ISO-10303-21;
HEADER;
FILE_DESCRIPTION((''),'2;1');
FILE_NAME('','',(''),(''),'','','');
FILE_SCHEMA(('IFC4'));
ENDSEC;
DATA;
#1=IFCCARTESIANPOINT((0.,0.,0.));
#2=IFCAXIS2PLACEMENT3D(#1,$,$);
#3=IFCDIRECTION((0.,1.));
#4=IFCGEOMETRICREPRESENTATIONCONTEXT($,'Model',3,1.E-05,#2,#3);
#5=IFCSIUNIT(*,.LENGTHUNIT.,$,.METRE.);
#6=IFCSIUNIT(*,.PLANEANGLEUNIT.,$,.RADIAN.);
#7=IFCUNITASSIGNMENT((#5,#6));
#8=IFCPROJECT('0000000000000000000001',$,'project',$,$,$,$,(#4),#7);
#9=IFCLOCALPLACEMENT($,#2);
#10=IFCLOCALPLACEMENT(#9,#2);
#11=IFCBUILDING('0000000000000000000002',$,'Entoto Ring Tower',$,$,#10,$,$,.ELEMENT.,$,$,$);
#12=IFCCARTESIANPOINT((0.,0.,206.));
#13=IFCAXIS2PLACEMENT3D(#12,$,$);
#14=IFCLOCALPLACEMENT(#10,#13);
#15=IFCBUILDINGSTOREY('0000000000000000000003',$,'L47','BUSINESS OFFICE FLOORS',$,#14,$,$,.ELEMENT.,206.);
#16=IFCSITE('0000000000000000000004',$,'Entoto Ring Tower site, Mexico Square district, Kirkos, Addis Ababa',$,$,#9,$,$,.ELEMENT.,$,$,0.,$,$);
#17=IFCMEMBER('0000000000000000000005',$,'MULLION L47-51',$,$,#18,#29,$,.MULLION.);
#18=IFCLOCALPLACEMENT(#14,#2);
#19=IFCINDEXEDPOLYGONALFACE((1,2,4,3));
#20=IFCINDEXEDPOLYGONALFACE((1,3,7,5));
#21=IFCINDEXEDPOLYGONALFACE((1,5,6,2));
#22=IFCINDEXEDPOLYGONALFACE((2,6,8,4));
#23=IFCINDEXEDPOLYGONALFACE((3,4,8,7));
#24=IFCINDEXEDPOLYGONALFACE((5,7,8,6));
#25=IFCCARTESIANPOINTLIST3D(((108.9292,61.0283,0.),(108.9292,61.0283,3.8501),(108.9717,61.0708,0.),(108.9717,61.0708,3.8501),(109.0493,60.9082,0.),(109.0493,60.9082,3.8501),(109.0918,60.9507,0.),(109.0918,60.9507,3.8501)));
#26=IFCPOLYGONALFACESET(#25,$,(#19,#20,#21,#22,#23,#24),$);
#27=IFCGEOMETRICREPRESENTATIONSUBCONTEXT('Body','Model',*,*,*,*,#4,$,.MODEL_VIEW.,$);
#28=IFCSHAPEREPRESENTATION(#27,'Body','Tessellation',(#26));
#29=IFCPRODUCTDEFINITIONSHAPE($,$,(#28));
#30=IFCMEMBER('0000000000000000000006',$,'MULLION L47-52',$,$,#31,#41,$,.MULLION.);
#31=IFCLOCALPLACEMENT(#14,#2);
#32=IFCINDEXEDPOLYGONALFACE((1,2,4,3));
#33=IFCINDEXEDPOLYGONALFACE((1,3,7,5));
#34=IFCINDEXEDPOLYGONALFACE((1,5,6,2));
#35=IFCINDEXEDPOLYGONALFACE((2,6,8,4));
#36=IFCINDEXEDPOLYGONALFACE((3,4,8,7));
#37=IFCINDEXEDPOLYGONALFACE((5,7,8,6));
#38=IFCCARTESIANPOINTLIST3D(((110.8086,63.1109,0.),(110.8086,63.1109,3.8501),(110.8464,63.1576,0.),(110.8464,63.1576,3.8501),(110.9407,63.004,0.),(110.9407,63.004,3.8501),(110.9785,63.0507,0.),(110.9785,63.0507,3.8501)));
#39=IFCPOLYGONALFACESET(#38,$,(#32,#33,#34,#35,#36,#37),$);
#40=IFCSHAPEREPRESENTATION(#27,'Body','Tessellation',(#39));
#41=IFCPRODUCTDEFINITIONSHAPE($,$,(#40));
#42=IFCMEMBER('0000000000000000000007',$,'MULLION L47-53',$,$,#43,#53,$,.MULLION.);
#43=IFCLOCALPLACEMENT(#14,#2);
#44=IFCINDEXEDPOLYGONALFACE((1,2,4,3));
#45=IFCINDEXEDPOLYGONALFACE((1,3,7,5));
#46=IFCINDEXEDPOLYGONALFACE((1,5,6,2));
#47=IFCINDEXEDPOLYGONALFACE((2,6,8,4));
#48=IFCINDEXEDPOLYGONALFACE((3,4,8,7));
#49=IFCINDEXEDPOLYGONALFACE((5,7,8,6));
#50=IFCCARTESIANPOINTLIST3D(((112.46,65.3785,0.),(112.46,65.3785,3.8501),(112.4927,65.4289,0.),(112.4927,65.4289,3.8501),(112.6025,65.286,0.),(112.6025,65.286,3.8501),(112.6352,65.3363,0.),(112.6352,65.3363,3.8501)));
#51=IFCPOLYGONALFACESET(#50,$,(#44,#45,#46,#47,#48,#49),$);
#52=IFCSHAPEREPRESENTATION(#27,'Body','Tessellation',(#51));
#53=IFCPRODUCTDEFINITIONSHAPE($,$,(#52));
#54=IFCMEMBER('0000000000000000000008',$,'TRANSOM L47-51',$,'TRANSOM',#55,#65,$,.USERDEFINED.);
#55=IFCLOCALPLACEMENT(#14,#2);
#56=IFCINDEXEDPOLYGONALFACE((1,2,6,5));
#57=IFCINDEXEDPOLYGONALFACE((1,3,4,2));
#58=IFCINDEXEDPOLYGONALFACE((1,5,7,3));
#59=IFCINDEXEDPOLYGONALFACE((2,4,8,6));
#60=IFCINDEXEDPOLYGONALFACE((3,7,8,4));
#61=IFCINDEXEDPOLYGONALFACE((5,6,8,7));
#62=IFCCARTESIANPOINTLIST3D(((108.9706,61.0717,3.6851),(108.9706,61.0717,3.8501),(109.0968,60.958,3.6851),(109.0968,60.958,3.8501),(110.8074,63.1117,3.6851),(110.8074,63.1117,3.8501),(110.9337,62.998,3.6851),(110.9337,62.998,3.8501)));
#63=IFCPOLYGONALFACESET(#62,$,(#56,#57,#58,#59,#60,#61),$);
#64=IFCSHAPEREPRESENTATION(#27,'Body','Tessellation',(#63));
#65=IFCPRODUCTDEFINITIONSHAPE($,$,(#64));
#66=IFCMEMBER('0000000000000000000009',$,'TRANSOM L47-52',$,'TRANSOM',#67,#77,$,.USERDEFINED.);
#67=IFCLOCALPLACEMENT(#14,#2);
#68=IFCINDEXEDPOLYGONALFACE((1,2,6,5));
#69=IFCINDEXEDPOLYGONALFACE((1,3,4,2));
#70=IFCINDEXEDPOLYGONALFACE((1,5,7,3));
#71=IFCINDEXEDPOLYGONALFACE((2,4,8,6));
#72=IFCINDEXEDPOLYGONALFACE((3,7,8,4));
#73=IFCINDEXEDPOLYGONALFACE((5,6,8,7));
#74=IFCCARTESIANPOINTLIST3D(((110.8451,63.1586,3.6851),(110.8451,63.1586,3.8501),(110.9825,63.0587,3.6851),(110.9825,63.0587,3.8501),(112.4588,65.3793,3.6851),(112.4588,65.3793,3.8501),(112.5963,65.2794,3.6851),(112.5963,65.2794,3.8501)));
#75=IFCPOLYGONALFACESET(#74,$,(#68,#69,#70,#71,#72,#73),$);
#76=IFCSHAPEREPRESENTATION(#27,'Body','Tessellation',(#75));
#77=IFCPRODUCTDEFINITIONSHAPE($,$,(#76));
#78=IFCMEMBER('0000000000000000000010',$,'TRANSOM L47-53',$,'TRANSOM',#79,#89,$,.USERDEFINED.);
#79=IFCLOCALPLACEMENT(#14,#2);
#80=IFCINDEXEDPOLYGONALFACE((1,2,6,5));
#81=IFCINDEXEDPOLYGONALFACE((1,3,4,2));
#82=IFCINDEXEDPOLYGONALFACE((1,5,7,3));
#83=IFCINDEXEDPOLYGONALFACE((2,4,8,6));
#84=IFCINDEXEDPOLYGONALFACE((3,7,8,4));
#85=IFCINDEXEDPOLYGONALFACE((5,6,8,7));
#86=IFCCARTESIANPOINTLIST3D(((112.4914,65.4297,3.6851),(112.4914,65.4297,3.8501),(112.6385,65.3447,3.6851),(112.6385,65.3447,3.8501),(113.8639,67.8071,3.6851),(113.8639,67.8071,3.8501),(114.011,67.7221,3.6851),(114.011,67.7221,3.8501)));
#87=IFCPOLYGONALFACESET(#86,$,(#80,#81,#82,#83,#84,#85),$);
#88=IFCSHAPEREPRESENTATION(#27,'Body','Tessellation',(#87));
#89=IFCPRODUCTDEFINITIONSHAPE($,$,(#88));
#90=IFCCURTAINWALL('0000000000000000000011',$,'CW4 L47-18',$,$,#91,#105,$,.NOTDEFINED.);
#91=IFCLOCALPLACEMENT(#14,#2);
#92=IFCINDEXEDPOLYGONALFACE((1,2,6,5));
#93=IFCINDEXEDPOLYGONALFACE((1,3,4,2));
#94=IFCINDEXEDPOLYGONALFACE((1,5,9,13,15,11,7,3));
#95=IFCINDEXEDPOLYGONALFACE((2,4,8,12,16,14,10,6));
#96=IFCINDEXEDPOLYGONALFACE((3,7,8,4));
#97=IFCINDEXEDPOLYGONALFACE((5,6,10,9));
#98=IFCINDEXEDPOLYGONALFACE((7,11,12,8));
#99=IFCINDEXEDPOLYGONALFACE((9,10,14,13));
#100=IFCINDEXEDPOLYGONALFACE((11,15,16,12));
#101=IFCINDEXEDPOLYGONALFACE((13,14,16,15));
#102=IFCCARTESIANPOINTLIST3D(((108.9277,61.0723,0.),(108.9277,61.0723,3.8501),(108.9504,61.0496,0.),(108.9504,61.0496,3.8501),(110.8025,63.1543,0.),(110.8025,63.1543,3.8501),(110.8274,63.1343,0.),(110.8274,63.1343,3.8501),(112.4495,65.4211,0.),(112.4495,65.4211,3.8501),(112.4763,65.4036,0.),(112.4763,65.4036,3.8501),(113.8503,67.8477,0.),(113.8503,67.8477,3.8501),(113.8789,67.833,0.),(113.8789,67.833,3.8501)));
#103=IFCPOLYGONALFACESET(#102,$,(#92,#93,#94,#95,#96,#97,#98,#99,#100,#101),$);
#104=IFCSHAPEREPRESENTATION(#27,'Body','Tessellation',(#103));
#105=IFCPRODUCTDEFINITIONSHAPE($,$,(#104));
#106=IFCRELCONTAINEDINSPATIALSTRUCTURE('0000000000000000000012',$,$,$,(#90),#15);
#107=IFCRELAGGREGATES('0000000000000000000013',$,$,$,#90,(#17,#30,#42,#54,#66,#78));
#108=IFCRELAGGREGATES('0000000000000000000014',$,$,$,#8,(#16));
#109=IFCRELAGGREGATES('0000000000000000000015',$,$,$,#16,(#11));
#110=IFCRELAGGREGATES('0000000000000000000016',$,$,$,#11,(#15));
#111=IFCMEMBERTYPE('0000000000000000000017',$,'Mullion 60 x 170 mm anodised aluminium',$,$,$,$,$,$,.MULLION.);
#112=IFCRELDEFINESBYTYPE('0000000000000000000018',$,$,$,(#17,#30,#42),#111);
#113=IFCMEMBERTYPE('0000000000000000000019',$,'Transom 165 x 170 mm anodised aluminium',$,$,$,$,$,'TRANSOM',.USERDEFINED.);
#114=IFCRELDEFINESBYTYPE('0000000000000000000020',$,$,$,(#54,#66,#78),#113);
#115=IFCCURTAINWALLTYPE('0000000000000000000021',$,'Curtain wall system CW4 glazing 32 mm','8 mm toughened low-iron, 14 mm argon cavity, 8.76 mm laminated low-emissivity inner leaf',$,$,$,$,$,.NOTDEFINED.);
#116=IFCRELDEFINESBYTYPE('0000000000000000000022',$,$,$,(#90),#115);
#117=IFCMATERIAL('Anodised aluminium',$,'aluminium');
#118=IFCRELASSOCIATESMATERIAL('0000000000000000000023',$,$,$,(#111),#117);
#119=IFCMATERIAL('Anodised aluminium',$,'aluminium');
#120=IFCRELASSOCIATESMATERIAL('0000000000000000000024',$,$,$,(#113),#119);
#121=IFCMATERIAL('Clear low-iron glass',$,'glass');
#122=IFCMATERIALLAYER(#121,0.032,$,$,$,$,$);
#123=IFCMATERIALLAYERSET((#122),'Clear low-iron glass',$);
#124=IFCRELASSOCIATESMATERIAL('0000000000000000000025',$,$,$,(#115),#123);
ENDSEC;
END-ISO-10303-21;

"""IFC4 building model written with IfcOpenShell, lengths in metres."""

from ifc_helpers import new_model, si_unit, direction, frame, origin, origin_2d, place, context, subcontext, project, spatial, polyline, rectangle, outline, extrude, material, layer, layer_set, material_profile, profile_set, type_object, element, aggregate, save


model = new_model("IFC4")

# Units and contexts
model_context = context("Model", 3, precision=1e-05, world=origin(), true_north=direction((0.0, 1.0)))
body_context = subcontext(model_context, "Body", "Model", "MODEL_VIEW")
ifc_project = project(units=[si_unit("LENGTHUNIT", "METRE"), si_unit("PLANEANGLEUNIT", "RADIAN")], contexts=[model_context])

# Members
ifc_material_1 = material(Name="Anodised aluminium", Category="aluminium")
ifc_material_profile_1 = material_profile(ifc_material_1, rectangle(XDim=0.0601, YDim=0.1699, at=origin_2d()), Name="Mullion 60 x 170 mm anodised aluminium")
ifc_profile_set_1 = profile_set([ifc_material_profile_1], Name="Anodised aluminium")
member_type_1 = type_object("IfcMemberType", Name="Mullion 60 x 170 mm anodised aluminium", PredefinedType="MULLION", material=ifc_profile_set_1)
site_placement = place(None, origin())
building_placement = place(site_placement, origin())
storey_placement = place(building_placement, frame((0.0, 0.0, 206.0)))
member_1_placement = place(storey_placement, frame((109.0105, 60.9895, 0.0), z_axis=(0.0, 0.0, 1.0), x_axis=(0.707107, 0.707107, 0.0)))
member_1 = element("IfcMember", 1, at=member_1_placement, type_object=member_type_1, Name="MULLION L47-51", PredefinedType="MULLION", context=body_context, shape_type="SweptSolid", body=[
    extrude(rectangle(XDim=0.0601, YDim=0.1699, at=origin_2d()), origin(), (0.0, 0.0, 1.0), 3.8501),
])
member_2_placement = place(storey_placement, frame((110.8936, 63.0808, 0.0), z_axis=(0.0, 0.0, 1.0), x_axis=(0.62932, 0.777146, 0.0)))
member_2 = element("IfcMember", 2, at=member_2_placement, type_object=member_type_1, Name="MULLION L47-52", PredefinedType="MULLION", context=body_context, shape_type="SweptSolid", body=[
    extrude(rectangle(XDim=0.0601, YDim=0.1699, at=origin_2d()), origin(), (0.0, 0.0, 1.0), 3.8501),
])
member_3_placement = place(storey_placement, frame((112.5476, 65.3574, 0.0), z_axis=(0.0, 0.0, 1.0), x_axis=(0.544639, 0.838671, 0.0)))
member_3 = element("IfcMember", 3, at=member_3_placement, type_object=member_type_1, Name="MULLION L47-53", PredefinedType="MULLION", context=body_context, shape_type="SweptSolid", body=[
    extrude(rectangle(XDim=0.0601, YDim=0.1699, at=origin_2d()), origin(), (0.0, 0.0, 1.0), 3.8501),
])
ifc_material_2 = material(Name="Anodised aluminium", Category="aluminium")
ifc_material_profile_2 = material_profile(ifc_material_2, rectangle(XDim=0.1699, YDim=0.165, at=origin_2d()), Name="Transom 165 x 170 mm anodised aluminium")
ifc_profile_set_2 = profile_set([ifc_material_profile_2], Name="Anodised aluminium")
member_type_2 = type_object("IfcMemberType", Name="Transom 165 x 170 mm anodised aluminium", ElementType="TRANSOM", PredefinedType="USERDEFINED", material=ifc_profile_set_2)
member_4_placement = place(storey_placement, frame((109.0337, 61.0149, 3.7676), z_axis=(0.669142, 0.743135, 0.0), x_axis=(-0.743135, 0.669142, 0.0)))
member_4 = element("IfcMember", 4, at=member_4_placement, type_object=member_type_2, Name="TRANSOM L47-51", ObjectType="TRANSOM", PredefinedType="USERDEFINED", context=body_context, shape_type="SweptSolid", body=[
    extrude(rectangle(XDim=0.1699, YDim=0.165, at=origin_2d()), origin(), (0.0, 0.0, 1.0), 2.7451),
])
member_5_placement = place(storey_placement, frame((110.9138, 63.1086, 3.7676), z_axis=(0.587865, 0.808959, 0.0), x_axis=(-0.808959, 0.587865, 0.0)))
member_5 = element("IfcMember", 5, at=member_5_placement, type_object=member_type_2, Name="TRANSOM L47-52", ObjectType="TRANSOM", PredefinedType="USERDEFINED", context=body_context, shape_type="SweptSolid", body=[
    extrude(rectangle(XDim=0.1699, YDim=0.165, at=origin_2d()), origin(), (0.0, 0.0, 1.0), 2.7451),
])
member_6_placement = place(storey_placement, frame((112.5649, 65.3872, 3.7676), z_axis=(0.499984, 0.866035, 0.0), x_axis=(-0.866035, 0.499984, 0.0)))
member_6 = element("IfcMember", 6, at=member_6_placement, type_object=member_type_2, Name="TRANSOM L47-53", ObjectType="TRANSOM", PredefinedType="USERDEFINED", context=body_context, shape_type="SweptSolid", body=[
    extrude(rectangle(XDim=0.1699, YDim=0.165, at=origin_2d()), origin(), (0.0, 0.0, 1.0), 2.7451),
])

# Site, building, storey
site = spatial("IfcSite", under=ifc_project, at=site_placement, Name="Entoto Ring Tower site, Mexico Square district, Kirkos, Addis Ababa", CompositionType="ELEMENT", RefElevation=0.0)
building = spatial("IfcBuilding", under=site, at=building_placement, Name="Entoto Ring Tower", CompositionType="ELEMENT")
storey = spatial("IfcBuildingStorey", under=building, at=storey_placement, Name="L47", Description="BUSINESS OFFICE FLOORS", CompositionType="ELEMENT", Elevation=206.0)

# Curtain wall
ifc_material_3 = material(Name="Clear low-iron glass", Category="glass")
ifc_layer = layer(ifc_material_3, 0.032)
ifc_layer_set = layer_set([ifc_layer], Name="Clear low-iron glass")
curtain_wall_type = type_object("IfcCurtainWallType", Name="Curtain wall system CW4 glazing 32 mm", Description="8 mm toughened low-iron, 14 mm argon cavity, 8.76 mm laminated low-emissivity inner leaf", PredefinedType="NOTDEFINED", material=ifc_layer_set)
curtain_wall_1_placement = place(storey_placement, origin())
curtain_wall_1 = element("IfcCurtainWall", 7, at=curtain_wall_1_placement, inside=storey, type_object=curtain_wall_type, Name="CW4 L47-18", PredefinedType="NOTDEFINED", context=body_context, shape_type="SweptSolid", body=[
    extrude(outline(polyline([(108.9504, 61.0496), (110.8274, 63.1343), (112.4763, 65.4036), (113.8789, 67.833), (113.8503, 67.8477), (112.4495, 65.4211), (110.8025, 63.1543), (108.9277, 61.0723), (108.9504, 61.0496)])), origin(), (0.0, 0.0, 1.0), 3.8501),
])
aggregate(curtain_wall_1, [member_1, member_2, member_3, member_4, member_5, member_6])

save(model, "model.ifc")
